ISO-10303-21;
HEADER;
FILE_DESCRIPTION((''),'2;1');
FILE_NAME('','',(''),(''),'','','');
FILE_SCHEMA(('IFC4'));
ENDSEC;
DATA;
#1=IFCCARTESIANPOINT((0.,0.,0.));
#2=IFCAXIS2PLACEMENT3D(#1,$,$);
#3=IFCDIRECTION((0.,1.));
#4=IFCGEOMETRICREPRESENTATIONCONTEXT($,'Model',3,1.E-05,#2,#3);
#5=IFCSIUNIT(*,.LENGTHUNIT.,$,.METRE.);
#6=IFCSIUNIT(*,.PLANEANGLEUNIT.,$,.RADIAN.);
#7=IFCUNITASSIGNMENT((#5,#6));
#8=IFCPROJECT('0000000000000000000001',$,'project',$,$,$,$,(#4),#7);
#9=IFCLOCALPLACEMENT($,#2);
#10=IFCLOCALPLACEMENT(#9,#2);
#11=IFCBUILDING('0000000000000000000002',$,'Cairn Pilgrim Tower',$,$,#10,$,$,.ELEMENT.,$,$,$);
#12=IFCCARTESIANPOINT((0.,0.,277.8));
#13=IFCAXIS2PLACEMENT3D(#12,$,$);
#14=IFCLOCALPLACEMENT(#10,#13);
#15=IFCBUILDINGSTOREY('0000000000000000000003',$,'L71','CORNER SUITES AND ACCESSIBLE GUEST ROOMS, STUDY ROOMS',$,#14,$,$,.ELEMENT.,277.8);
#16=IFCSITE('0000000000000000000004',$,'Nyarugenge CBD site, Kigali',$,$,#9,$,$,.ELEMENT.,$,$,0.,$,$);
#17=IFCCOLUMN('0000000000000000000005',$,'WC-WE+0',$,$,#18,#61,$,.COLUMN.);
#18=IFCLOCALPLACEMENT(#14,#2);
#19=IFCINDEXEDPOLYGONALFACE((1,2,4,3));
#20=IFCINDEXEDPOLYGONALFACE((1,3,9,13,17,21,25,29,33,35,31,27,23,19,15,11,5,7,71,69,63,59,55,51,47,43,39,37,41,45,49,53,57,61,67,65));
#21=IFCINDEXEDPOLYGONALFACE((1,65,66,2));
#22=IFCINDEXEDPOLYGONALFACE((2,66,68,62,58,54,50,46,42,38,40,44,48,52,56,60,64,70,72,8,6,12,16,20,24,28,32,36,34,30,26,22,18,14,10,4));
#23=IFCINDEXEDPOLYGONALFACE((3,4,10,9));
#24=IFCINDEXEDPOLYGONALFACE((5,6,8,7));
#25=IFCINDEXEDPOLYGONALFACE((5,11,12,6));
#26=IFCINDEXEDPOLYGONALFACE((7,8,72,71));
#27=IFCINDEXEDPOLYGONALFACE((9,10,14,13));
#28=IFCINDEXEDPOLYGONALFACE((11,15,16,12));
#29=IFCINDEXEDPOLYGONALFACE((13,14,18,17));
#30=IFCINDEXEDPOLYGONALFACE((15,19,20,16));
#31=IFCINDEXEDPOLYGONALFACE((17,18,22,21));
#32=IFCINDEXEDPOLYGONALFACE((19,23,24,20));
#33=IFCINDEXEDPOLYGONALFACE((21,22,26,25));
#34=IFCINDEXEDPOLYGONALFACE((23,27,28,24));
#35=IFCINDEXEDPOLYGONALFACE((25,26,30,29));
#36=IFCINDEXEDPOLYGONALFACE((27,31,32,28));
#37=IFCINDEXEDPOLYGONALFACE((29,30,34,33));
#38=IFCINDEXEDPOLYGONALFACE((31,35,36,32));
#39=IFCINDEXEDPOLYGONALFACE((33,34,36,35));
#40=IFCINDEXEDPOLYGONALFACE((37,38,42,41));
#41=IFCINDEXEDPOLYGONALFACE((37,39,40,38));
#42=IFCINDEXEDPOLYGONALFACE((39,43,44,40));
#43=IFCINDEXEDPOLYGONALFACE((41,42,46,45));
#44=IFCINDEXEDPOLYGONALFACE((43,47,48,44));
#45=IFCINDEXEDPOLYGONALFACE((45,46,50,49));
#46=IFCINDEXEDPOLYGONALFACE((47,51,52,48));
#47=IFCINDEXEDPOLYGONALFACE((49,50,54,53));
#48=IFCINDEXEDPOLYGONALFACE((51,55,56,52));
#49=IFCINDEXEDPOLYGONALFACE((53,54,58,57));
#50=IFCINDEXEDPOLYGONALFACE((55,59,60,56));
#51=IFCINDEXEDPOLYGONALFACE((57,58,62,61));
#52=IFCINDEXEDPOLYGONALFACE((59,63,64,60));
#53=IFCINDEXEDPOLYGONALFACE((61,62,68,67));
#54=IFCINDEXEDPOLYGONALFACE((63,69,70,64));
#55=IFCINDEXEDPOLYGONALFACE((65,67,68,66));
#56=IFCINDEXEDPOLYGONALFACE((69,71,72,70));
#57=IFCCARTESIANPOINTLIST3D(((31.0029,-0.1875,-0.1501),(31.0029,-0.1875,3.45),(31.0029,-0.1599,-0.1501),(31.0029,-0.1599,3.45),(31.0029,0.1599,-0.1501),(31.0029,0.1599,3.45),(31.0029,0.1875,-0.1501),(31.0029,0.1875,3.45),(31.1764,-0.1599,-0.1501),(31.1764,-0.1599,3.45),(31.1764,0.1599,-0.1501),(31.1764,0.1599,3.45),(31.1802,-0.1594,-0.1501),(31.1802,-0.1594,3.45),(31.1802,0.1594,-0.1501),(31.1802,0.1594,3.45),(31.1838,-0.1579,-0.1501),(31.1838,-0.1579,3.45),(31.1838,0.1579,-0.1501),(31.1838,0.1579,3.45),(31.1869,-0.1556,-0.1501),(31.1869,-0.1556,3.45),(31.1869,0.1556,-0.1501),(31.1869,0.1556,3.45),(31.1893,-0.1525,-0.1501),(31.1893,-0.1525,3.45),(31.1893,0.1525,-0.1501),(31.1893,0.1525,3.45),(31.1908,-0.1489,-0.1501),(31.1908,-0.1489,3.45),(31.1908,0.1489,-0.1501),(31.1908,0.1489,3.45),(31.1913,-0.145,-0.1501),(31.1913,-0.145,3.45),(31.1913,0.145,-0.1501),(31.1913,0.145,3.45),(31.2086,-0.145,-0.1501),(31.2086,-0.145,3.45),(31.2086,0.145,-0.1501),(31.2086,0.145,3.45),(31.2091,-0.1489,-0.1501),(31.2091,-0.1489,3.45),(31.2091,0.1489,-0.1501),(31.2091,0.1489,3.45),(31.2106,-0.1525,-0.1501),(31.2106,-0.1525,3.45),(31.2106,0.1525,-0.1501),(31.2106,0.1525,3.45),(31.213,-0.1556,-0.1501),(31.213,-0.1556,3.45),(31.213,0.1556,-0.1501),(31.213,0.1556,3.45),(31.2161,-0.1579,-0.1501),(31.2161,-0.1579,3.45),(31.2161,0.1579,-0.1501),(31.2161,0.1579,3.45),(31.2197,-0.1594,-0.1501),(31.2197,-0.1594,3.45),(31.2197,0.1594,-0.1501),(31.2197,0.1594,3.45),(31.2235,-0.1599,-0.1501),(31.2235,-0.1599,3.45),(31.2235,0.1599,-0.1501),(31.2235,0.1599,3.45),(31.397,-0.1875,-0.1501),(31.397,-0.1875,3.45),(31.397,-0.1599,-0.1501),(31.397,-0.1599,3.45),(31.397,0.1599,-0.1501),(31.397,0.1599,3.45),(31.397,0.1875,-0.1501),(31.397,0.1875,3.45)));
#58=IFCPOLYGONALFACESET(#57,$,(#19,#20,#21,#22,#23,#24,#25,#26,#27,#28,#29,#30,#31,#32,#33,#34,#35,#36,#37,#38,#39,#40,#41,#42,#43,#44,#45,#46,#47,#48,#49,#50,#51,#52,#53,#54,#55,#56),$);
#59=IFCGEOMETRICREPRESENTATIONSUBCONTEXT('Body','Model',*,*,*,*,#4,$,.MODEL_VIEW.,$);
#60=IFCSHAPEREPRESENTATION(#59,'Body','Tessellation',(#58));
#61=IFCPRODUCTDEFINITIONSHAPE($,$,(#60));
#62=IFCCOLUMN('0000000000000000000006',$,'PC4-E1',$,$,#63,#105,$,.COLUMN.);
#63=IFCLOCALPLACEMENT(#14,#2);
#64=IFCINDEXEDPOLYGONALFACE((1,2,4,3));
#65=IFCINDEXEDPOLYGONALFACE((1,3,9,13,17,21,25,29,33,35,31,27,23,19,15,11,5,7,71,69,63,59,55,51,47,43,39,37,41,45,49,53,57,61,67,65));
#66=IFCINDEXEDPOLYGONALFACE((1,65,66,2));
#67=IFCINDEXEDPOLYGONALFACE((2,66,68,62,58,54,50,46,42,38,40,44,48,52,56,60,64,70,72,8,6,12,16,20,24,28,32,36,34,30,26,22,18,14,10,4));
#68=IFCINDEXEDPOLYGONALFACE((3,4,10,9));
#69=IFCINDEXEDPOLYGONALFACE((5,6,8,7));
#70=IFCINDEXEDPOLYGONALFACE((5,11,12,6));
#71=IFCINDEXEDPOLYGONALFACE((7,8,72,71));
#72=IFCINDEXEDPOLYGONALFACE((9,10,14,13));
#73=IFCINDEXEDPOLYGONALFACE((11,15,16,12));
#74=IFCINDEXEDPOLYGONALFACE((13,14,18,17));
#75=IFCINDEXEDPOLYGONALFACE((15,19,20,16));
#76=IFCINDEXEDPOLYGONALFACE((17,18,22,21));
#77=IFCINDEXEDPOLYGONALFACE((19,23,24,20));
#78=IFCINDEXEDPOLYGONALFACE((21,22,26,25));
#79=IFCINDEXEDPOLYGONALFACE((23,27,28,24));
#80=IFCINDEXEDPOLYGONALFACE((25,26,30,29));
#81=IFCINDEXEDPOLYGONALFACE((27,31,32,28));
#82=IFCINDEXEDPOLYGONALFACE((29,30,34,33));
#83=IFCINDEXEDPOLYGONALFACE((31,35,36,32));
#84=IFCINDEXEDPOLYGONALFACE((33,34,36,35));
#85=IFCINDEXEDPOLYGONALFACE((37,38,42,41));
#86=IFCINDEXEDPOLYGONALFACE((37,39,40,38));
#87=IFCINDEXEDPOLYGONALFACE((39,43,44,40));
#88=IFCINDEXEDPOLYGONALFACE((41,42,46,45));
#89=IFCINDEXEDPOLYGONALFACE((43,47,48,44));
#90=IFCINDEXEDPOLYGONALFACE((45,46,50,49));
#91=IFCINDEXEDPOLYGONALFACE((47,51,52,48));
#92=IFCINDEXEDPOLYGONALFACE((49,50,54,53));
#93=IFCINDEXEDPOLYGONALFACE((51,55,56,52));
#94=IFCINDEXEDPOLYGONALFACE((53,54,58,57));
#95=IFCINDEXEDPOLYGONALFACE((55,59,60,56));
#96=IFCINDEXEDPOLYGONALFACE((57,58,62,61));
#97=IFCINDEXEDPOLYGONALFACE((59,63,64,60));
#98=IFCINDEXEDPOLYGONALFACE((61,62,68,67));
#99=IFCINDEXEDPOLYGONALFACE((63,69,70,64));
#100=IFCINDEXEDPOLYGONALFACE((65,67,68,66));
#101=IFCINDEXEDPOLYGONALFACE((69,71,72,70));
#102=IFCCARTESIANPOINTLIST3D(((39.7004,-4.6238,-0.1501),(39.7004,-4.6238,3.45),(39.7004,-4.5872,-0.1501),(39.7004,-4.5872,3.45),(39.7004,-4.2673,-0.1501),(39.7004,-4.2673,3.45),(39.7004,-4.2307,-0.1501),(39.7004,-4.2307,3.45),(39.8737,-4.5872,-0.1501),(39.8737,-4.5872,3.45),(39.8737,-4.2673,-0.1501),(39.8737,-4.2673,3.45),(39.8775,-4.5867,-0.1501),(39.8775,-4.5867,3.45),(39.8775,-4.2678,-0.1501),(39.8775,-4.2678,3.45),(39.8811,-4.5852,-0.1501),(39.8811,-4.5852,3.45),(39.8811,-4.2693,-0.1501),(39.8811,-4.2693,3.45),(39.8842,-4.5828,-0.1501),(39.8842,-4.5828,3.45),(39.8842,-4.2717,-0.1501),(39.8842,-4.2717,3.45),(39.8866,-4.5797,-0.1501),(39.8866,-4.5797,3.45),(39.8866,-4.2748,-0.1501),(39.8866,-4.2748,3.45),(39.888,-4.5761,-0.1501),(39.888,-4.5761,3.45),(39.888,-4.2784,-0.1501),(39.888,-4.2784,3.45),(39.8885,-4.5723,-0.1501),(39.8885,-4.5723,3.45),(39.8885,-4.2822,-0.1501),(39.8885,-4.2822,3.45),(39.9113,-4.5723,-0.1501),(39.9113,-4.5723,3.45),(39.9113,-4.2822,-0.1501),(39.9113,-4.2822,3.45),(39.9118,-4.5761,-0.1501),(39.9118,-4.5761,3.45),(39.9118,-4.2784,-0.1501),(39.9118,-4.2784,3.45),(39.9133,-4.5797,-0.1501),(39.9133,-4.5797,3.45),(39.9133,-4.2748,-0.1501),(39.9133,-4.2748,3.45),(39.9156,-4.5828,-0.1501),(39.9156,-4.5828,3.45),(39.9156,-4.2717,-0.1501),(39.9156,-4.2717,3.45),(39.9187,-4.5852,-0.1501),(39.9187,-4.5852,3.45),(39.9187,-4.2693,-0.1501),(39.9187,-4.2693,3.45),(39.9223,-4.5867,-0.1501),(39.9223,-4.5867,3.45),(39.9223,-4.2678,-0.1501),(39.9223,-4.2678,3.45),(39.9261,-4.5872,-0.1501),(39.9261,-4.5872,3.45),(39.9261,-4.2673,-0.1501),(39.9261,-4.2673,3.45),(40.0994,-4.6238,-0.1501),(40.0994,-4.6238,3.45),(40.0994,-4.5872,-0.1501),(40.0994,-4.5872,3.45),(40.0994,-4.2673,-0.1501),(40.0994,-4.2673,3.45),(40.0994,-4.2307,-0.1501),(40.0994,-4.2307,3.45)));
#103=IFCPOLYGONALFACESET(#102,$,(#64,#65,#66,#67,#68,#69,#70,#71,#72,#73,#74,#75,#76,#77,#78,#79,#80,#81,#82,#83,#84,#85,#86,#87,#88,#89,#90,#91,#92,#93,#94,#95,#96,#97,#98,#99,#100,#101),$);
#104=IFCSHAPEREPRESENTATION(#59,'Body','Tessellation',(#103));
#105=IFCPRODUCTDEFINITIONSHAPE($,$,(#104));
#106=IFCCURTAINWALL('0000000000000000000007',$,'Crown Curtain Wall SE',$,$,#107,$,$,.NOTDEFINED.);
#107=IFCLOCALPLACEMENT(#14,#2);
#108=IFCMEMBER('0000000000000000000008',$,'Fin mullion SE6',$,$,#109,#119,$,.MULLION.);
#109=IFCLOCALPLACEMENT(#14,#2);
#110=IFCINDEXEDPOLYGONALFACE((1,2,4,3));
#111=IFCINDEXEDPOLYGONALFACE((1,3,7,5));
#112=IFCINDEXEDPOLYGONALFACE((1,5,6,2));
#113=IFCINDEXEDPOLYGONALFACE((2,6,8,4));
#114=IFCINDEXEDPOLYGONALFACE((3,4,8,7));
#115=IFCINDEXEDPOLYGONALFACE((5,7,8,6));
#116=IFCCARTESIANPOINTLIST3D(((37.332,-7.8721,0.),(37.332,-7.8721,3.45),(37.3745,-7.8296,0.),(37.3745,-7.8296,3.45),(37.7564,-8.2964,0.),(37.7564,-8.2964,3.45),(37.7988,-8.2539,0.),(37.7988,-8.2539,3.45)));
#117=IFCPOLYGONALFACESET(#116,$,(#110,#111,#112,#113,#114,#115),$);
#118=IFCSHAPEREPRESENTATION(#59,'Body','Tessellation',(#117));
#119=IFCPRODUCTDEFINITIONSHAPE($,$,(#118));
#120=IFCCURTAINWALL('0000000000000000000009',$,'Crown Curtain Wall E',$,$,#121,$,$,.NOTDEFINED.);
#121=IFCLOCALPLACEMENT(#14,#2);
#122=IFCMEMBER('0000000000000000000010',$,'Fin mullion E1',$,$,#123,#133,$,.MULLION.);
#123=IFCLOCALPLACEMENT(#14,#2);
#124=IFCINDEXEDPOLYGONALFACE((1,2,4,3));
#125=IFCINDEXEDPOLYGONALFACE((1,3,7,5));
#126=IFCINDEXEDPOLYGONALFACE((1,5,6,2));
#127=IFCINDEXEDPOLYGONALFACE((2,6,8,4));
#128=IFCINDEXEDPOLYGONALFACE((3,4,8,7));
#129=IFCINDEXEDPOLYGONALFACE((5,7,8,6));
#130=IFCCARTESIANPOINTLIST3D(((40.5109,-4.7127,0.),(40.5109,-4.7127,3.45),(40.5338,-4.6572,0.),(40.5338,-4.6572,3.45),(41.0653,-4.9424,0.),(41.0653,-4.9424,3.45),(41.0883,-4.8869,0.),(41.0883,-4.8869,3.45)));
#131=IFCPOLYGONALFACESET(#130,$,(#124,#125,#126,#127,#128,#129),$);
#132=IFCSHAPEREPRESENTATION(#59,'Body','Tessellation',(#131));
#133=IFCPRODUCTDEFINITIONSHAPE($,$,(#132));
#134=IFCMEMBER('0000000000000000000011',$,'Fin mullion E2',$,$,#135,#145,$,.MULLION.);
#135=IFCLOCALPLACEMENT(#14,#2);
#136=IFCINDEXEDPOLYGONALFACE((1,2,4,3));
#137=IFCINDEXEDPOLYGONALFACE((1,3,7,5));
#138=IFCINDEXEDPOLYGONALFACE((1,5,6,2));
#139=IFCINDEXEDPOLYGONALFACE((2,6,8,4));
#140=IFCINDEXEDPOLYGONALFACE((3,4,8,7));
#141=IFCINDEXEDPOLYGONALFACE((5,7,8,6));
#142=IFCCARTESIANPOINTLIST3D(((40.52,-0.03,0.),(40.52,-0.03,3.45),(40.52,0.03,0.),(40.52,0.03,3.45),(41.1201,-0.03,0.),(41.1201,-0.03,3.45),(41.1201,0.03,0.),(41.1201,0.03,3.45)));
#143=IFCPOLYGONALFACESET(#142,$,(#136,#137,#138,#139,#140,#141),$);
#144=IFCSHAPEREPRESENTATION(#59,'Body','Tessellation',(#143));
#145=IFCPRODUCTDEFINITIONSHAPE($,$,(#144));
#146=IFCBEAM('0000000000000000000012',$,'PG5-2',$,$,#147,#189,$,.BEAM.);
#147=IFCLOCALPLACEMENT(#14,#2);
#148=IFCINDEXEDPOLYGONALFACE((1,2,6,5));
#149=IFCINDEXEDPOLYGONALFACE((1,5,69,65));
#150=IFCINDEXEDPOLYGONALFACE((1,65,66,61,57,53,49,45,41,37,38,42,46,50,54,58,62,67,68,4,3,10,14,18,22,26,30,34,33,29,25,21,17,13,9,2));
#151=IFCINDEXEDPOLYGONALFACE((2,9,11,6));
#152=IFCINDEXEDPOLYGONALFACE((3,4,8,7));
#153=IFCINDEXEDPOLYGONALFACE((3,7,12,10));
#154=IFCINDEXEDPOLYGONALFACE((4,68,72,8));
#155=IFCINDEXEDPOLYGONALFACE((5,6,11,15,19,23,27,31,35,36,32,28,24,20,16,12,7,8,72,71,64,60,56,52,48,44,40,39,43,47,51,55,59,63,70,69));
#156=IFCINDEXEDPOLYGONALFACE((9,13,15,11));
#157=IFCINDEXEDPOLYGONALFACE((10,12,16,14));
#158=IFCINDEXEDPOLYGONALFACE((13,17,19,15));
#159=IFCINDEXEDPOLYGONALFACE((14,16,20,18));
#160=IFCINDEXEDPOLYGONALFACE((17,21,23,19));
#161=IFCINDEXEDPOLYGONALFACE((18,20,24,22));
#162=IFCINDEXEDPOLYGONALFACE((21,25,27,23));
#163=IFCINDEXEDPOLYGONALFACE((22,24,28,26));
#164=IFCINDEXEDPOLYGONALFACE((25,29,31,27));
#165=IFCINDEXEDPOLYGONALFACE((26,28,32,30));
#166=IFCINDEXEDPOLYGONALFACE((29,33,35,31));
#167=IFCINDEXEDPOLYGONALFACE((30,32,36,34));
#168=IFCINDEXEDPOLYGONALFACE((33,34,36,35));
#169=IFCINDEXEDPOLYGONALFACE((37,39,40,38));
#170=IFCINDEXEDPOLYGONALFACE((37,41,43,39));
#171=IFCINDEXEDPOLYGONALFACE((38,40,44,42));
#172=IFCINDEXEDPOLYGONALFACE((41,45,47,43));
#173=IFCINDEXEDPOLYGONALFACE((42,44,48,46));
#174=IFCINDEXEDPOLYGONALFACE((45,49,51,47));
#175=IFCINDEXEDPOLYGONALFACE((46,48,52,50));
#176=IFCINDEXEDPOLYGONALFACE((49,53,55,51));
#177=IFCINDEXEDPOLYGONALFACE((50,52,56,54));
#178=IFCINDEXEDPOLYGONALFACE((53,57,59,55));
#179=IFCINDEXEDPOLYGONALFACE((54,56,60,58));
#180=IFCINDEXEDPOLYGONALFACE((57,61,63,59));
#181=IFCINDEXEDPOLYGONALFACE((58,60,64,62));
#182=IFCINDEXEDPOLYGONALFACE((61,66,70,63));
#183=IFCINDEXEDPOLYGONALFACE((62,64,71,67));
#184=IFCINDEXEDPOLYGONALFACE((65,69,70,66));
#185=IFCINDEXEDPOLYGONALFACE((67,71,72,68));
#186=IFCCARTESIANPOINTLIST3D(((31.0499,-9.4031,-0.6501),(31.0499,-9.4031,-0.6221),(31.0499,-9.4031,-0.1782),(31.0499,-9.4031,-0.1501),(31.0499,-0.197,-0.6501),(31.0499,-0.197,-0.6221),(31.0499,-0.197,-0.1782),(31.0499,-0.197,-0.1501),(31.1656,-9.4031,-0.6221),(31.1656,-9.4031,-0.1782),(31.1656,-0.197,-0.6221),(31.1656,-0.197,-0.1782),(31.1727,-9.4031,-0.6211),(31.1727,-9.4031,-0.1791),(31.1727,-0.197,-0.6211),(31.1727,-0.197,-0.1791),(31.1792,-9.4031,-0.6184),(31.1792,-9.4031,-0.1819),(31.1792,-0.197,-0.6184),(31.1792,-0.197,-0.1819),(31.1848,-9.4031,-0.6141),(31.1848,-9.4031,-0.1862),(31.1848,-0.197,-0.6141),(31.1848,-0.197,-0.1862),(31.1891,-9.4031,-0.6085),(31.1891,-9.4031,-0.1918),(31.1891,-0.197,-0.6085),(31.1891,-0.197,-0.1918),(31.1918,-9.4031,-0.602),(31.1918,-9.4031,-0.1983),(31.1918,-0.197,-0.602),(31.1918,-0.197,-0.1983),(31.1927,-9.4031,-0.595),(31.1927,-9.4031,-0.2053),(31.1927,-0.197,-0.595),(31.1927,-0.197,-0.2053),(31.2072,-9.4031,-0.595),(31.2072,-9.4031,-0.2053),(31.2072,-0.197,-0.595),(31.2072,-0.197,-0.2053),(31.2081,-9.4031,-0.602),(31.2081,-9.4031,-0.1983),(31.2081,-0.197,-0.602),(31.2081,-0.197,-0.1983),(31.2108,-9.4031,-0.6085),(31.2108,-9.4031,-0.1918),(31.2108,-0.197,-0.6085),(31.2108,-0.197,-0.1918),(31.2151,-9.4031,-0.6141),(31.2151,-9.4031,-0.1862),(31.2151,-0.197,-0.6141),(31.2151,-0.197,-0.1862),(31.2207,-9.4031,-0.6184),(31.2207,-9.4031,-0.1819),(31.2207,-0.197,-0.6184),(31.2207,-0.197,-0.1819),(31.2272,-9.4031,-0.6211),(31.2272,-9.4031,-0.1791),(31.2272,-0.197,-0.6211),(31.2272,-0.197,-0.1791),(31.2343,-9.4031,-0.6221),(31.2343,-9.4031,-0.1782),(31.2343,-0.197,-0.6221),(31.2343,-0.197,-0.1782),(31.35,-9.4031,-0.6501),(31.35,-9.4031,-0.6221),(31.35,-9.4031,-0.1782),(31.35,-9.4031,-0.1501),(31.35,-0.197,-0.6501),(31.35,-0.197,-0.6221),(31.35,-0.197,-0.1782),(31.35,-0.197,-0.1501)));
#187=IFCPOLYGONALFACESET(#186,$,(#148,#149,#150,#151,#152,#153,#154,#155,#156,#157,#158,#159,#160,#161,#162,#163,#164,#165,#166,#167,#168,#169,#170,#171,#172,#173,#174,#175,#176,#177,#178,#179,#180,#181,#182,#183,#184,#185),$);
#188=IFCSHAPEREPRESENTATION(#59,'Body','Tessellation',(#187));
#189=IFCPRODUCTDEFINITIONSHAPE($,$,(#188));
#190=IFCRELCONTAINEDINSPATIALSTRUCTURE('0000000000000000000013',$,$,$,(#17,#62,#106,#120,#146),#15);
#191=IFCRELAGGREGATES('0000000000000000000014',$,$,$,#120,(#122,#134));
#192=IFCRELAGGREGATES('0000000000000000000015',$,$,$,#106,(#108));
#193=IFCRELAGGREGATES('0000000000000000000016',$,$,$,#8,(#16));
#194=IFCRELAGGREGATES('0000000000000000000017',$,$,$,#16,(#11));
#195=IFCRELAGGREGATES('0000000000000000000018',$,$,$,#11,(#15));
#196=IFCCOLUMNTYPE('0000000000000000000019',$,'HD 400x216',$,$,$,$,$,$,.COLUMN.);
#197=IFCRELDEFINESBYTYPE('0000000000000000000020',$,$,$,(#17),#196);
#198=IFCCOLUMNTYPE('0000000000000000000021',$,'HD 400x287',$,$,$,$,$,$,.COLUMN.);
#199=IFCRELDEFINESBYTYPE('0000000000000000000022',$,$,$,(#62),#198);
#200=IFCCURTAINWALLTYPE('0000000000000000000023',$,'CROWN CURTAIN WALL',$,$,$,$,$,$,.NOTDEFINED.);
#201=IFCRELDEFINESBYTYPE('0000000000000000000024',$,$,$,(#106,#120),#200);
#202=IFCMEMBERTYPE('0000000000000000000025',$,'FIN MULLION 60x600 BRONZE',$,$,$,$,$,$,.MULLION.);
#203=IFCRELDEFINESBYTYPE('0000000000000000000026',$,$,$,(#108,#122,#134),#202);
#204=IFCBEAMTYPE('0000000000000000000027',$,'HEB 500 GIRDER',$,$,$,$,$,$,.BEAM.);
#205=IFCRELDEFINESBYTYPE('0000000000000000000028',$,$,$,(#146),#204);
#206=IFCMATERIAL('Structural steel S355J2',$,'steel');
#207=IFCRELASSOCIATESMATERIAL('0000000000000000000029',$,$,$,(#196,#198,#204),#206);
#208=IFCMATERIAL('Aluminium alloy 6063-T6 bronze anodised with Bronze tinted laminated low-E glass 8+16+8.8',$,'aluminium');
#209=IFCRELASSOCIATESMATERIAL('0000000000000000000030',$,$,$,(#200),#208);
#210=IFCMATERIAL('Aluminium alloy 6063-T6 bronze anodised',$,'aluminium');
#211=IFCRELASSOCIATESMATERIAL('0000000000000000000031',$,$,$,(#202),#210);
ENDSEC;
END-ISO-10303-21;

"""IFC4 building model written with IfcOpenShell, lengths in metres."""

from ifc_helpers import new_model, si_unit, direction, frame, origin, origin_2d, place, context, subcontext, project, spatial, rectangle, i_section, extrude, material, material_profile, profile_set, type_object, element, aggregate, save


model = new_model("IFC4")

# Units and contexts
model_context = context("Model", 3, precision=1e-05, world=origin(), true_north=direction((0.0, 1.0)))
body_context = subcontext(model_context, "Body", "Model", "MODEL_VIEW")
ifc_project = project(units=[si_unit("LENGTHUNIT", "METRE"), si_unit("PLANEANGLEUNIT", "RADIAN")], contexts=[model_context])

# Site, building, storey
site_placement = place(None, origin())
site = spatial("IfcSite", under=ifc_project, at=site_placement, Name="Nyarugenge CBD site, Kigali", CompositionType="ELEMENT", RefElevation=0.0)
building_placement = place(site_placement, origin())
building = spatial("IfcBuilding", under=site, at=building_placement, Name="Cairn Pilgrim Tower", CompositionType="ELEMENT")
storey_placement = place(building_placement, frame((0.0, 0.0, 277.8)))
storey = spatial("IfcBuildingStorey", under=building, at=storey_placement, Name="L71", Description="CORNER SUITES AND ACCESSIBLE GUEST ROOMS, STUDY ROOMS", CompositionType="ELEMENT", Elevation=277.8)

# Columns
ifc_material_1 = material(Name="Structural steel S355J2", Category="steel")
ifc_material_profile_1 = material_profile(ifc_material_1, i_section(OverallWidth=0.394, OverallDepth=0.375, WebThickness=0.0173, FlangeThickness=0.0276, FilletRadius=0.0149, at=origin_2d()), Name="HD 400x216")
ifc_profile_set_1 = profile_set([ifc_material_profile_1], Name="Structural steel S355J2")
column_type_1 = type_object("IfcColumnType", Name="HD 400x216", PredefinedType="COLUMN", material=ifc_profile_set_1)
column_1_placement = place(storey_placement, frame((31.2, 0.0, -0.1501), z_axis=(0.0, 0.0, 1.0), x_axis=(1.0, 0.0, 0.0)))
element("IfcColumn", 1, at=column_1_placement, inside=storey, type_object=column_type_1, Name="WC-WE+0", PredefinedType="COLUMN", context=body_context, shape_type="SweptSolid", body=[
    extrude(i_section(OverallWidth=0.394, OverallDepth=0.375, WebThickness=0.0173, FlangeThickness=0.0276, FilletRadius=0.0149, at=origin_2d()), origin(), (0.0, 0.0, 1.0), 3.6001),
])
ifc_material_profile_2 = material_profile(ifc_material_1, i_section(OverallWidth=0.3989, OverallDepth=0.3931, WebThickness=0.0227, FlangeThickness=0.0366, FilletRadius=0.0149, at=origin_2d()), Name="HD 400x287")
ifc_profile_set_2 = profile_set([ifc_material_profile_2], Name="Structural steel S355J2")
column_type_2 = type_object("IfcColumnType", Name="HD 400x287", PredefinedType="COLUMN", material=ifc_profile_set_2)
column_2_placement = place(storey_placement, frame((39.8999, -4.4272, -0.1501), z_axis=(0.0, 0.0, 1.0), x_axis=(1.0, 0.0, 0.0)))
element("IfcColumn", 2, at=column_2_placement, inside=storey, type_object=column_type_2, Name="PC4-E1", PredefinedType="COLUMN", context=body_context, shape_type="SweptSolid", body=[
    extrude(i_section(OverallWidth=0.3989, OverallDepth=0.3931, WebThickness=0.0227, FlangeThickness=0.0366, FilletRadius=0.0149, at=origin_2d()), origin(), (0.0, 0.0, 1.0), 3.6001),
])

# Curtain wall, member
ifc_material_2 = material(Name="Aluminium alloy 6063-T6 bronze anodised with Bronze tinted laminated low-E glass 8+16+8.8", Category="aluminium")
curtain_wall_type = type_object("IfcCurtainWallType", Name="CROWN CURTAIN WALL", PredefinedType="NOTDEFINED", material=ifc_material_2)
curtain_wall_1_placement = place(storey_placement, origin())
curtain_wall_1 = element("IfcCurtainWall", 3, at=curtain_wall_1_placement, inside=storey, type_object=curtain_wall_type, Name="Crown Curtain Wall SE", PredefinedType="NOTDEFINED")
ifc_material_3 = material(Name="Aluminium alloy 6063-T6 bronze anodised", Category="aluminium")
ifc_material_profile_3 = material_profile(ifc_material_3, rectangle(XDim=0.6001, YDim=0.0601, at=origin_2d()), Name="FIN MULLION 60x600 BRONZE")
ifc_profile_set_3 = profile_set([ifc_material_profile_3], Name="Aluminium alloy 6063-T6 bronze anodised")
member_type_1 = type_object("IfcMemberType", Name="FIN MULLION 60x600 BRONZE", PredefinedType="MULLION", material=ifc_profile_set_3)
member_1_placement = place(storey_placement, frame((37.5654, -8.063, 0.0), z_axis=(0.0, 0.0, 1.0), x_axis=(0.707107, -0.707107, 0.0)))
member_1 = element("IfcMember", 4, at=member_1_placement, type_object=member_type_1, Name="Fin mullion SE6", PredefinedType="MULLION", context=body_context, shape_type="SweptSolid", body=[
    extrude(rectangle(XDim=0.6001, YDim=0.0601, at=origin_2d()), origin(), (0.0, 0.0, 1.0), 3.45),
])

# Curtain wall, members
curtain_wall_2_placement = place(storey_placement, origin())
curtain_wall_2 = element("IfcCurtainWall", 5, at=curtain_wall_2_placement, inside=storey, type_object=curtain_wall_type, Name="Crown Curtain Wall E", PredefinedType="NOTDEFINED")
member_2_placement = place(storey_placement, frame((40.7996, -4.7998, 0.0), z_axis=(0.0, 0.0, 1.0), x_axis=(0.92388, -0.382683, 0.0)))
member_2 = element("IfcMember", 6, at=member_2_placement, type_object=member_type_1, Name="Fin mullion E1", PredefinedType="MULLION", context=body_context, shape_type="SweptSolid", body=[
    extrude(rectangle(XDim=0.6001, YDim=0.0601, at=origin_2d()), origin(), (0.0, 0.0, 1.0), 3.45),
])
member_3_placement = place(storey_placement, frame((40.8201, 0.0, 0.0), z_axis=(0.0, 0.0, 1.0), x_axis=(1.0, 0.0, 0.0)))
member_3 = element("IfcMember", 7, at=member_3_placement, type_object=member_type_1, Name="Fin mullion E2", PredefinedType="MULLION", context=body_context, shape_type="SweptSolid", body=[
    extrude(rectangle(XDim=0.6001, YDim=0.0601, at=origin_2d()), origin(), (0.0, 0.0, 1.0), 3.45),
])
aggregate(curtain_wall_2, [member_2, member_3])

# Beam
ifc_material_profile_4 = material_profile(ifc_material_1, i_section(OverallWidth=0.3, OverallDepth=0.5, WebThickness=0.0144, FlangeThickness=0.0281, FilletRadius=0.0271, at=origin_2d()), Name="HEB 500")
ifc_profile_set_4 = profile_set([ifc_material_profile_4], Name="Structural steel S355J2")
beam_type_1 = type_object("IfcBeamType", Name="HEB 500 GIRDER", PredefinedType="BEAM", material=ifc_profile_set_4)
for number, where, z_axis, x_axis, name in (
    (8, (31.2, -9.4031, -0.4001), (0.0, 1.0, 0.0), (-1.0, 0.0, 0.0), "PG5-2"),
):
    element("IfcBeam", number, at=place(storey_placement, frame(where, z_axis=z_axis, x_axis=x_axis)), inside=storey, type_object=beam_type_1, Name=name, PredefinedType="BEAM", context=body_context, shape_type="SweptSolid", body=[
        extrude(i_section(OverallWidth=0.3, OverallDepth=0.5, WebThickness=0.0144, FlangeThickness=0.0281, FilletRadius=0.0271, at=origin_2d()), origin(), (0.0, 0.0, 1.0), 9.2061),
    ])

aggregate(curtain_wall_1, [member_1])

save(model, "model.ifc")
